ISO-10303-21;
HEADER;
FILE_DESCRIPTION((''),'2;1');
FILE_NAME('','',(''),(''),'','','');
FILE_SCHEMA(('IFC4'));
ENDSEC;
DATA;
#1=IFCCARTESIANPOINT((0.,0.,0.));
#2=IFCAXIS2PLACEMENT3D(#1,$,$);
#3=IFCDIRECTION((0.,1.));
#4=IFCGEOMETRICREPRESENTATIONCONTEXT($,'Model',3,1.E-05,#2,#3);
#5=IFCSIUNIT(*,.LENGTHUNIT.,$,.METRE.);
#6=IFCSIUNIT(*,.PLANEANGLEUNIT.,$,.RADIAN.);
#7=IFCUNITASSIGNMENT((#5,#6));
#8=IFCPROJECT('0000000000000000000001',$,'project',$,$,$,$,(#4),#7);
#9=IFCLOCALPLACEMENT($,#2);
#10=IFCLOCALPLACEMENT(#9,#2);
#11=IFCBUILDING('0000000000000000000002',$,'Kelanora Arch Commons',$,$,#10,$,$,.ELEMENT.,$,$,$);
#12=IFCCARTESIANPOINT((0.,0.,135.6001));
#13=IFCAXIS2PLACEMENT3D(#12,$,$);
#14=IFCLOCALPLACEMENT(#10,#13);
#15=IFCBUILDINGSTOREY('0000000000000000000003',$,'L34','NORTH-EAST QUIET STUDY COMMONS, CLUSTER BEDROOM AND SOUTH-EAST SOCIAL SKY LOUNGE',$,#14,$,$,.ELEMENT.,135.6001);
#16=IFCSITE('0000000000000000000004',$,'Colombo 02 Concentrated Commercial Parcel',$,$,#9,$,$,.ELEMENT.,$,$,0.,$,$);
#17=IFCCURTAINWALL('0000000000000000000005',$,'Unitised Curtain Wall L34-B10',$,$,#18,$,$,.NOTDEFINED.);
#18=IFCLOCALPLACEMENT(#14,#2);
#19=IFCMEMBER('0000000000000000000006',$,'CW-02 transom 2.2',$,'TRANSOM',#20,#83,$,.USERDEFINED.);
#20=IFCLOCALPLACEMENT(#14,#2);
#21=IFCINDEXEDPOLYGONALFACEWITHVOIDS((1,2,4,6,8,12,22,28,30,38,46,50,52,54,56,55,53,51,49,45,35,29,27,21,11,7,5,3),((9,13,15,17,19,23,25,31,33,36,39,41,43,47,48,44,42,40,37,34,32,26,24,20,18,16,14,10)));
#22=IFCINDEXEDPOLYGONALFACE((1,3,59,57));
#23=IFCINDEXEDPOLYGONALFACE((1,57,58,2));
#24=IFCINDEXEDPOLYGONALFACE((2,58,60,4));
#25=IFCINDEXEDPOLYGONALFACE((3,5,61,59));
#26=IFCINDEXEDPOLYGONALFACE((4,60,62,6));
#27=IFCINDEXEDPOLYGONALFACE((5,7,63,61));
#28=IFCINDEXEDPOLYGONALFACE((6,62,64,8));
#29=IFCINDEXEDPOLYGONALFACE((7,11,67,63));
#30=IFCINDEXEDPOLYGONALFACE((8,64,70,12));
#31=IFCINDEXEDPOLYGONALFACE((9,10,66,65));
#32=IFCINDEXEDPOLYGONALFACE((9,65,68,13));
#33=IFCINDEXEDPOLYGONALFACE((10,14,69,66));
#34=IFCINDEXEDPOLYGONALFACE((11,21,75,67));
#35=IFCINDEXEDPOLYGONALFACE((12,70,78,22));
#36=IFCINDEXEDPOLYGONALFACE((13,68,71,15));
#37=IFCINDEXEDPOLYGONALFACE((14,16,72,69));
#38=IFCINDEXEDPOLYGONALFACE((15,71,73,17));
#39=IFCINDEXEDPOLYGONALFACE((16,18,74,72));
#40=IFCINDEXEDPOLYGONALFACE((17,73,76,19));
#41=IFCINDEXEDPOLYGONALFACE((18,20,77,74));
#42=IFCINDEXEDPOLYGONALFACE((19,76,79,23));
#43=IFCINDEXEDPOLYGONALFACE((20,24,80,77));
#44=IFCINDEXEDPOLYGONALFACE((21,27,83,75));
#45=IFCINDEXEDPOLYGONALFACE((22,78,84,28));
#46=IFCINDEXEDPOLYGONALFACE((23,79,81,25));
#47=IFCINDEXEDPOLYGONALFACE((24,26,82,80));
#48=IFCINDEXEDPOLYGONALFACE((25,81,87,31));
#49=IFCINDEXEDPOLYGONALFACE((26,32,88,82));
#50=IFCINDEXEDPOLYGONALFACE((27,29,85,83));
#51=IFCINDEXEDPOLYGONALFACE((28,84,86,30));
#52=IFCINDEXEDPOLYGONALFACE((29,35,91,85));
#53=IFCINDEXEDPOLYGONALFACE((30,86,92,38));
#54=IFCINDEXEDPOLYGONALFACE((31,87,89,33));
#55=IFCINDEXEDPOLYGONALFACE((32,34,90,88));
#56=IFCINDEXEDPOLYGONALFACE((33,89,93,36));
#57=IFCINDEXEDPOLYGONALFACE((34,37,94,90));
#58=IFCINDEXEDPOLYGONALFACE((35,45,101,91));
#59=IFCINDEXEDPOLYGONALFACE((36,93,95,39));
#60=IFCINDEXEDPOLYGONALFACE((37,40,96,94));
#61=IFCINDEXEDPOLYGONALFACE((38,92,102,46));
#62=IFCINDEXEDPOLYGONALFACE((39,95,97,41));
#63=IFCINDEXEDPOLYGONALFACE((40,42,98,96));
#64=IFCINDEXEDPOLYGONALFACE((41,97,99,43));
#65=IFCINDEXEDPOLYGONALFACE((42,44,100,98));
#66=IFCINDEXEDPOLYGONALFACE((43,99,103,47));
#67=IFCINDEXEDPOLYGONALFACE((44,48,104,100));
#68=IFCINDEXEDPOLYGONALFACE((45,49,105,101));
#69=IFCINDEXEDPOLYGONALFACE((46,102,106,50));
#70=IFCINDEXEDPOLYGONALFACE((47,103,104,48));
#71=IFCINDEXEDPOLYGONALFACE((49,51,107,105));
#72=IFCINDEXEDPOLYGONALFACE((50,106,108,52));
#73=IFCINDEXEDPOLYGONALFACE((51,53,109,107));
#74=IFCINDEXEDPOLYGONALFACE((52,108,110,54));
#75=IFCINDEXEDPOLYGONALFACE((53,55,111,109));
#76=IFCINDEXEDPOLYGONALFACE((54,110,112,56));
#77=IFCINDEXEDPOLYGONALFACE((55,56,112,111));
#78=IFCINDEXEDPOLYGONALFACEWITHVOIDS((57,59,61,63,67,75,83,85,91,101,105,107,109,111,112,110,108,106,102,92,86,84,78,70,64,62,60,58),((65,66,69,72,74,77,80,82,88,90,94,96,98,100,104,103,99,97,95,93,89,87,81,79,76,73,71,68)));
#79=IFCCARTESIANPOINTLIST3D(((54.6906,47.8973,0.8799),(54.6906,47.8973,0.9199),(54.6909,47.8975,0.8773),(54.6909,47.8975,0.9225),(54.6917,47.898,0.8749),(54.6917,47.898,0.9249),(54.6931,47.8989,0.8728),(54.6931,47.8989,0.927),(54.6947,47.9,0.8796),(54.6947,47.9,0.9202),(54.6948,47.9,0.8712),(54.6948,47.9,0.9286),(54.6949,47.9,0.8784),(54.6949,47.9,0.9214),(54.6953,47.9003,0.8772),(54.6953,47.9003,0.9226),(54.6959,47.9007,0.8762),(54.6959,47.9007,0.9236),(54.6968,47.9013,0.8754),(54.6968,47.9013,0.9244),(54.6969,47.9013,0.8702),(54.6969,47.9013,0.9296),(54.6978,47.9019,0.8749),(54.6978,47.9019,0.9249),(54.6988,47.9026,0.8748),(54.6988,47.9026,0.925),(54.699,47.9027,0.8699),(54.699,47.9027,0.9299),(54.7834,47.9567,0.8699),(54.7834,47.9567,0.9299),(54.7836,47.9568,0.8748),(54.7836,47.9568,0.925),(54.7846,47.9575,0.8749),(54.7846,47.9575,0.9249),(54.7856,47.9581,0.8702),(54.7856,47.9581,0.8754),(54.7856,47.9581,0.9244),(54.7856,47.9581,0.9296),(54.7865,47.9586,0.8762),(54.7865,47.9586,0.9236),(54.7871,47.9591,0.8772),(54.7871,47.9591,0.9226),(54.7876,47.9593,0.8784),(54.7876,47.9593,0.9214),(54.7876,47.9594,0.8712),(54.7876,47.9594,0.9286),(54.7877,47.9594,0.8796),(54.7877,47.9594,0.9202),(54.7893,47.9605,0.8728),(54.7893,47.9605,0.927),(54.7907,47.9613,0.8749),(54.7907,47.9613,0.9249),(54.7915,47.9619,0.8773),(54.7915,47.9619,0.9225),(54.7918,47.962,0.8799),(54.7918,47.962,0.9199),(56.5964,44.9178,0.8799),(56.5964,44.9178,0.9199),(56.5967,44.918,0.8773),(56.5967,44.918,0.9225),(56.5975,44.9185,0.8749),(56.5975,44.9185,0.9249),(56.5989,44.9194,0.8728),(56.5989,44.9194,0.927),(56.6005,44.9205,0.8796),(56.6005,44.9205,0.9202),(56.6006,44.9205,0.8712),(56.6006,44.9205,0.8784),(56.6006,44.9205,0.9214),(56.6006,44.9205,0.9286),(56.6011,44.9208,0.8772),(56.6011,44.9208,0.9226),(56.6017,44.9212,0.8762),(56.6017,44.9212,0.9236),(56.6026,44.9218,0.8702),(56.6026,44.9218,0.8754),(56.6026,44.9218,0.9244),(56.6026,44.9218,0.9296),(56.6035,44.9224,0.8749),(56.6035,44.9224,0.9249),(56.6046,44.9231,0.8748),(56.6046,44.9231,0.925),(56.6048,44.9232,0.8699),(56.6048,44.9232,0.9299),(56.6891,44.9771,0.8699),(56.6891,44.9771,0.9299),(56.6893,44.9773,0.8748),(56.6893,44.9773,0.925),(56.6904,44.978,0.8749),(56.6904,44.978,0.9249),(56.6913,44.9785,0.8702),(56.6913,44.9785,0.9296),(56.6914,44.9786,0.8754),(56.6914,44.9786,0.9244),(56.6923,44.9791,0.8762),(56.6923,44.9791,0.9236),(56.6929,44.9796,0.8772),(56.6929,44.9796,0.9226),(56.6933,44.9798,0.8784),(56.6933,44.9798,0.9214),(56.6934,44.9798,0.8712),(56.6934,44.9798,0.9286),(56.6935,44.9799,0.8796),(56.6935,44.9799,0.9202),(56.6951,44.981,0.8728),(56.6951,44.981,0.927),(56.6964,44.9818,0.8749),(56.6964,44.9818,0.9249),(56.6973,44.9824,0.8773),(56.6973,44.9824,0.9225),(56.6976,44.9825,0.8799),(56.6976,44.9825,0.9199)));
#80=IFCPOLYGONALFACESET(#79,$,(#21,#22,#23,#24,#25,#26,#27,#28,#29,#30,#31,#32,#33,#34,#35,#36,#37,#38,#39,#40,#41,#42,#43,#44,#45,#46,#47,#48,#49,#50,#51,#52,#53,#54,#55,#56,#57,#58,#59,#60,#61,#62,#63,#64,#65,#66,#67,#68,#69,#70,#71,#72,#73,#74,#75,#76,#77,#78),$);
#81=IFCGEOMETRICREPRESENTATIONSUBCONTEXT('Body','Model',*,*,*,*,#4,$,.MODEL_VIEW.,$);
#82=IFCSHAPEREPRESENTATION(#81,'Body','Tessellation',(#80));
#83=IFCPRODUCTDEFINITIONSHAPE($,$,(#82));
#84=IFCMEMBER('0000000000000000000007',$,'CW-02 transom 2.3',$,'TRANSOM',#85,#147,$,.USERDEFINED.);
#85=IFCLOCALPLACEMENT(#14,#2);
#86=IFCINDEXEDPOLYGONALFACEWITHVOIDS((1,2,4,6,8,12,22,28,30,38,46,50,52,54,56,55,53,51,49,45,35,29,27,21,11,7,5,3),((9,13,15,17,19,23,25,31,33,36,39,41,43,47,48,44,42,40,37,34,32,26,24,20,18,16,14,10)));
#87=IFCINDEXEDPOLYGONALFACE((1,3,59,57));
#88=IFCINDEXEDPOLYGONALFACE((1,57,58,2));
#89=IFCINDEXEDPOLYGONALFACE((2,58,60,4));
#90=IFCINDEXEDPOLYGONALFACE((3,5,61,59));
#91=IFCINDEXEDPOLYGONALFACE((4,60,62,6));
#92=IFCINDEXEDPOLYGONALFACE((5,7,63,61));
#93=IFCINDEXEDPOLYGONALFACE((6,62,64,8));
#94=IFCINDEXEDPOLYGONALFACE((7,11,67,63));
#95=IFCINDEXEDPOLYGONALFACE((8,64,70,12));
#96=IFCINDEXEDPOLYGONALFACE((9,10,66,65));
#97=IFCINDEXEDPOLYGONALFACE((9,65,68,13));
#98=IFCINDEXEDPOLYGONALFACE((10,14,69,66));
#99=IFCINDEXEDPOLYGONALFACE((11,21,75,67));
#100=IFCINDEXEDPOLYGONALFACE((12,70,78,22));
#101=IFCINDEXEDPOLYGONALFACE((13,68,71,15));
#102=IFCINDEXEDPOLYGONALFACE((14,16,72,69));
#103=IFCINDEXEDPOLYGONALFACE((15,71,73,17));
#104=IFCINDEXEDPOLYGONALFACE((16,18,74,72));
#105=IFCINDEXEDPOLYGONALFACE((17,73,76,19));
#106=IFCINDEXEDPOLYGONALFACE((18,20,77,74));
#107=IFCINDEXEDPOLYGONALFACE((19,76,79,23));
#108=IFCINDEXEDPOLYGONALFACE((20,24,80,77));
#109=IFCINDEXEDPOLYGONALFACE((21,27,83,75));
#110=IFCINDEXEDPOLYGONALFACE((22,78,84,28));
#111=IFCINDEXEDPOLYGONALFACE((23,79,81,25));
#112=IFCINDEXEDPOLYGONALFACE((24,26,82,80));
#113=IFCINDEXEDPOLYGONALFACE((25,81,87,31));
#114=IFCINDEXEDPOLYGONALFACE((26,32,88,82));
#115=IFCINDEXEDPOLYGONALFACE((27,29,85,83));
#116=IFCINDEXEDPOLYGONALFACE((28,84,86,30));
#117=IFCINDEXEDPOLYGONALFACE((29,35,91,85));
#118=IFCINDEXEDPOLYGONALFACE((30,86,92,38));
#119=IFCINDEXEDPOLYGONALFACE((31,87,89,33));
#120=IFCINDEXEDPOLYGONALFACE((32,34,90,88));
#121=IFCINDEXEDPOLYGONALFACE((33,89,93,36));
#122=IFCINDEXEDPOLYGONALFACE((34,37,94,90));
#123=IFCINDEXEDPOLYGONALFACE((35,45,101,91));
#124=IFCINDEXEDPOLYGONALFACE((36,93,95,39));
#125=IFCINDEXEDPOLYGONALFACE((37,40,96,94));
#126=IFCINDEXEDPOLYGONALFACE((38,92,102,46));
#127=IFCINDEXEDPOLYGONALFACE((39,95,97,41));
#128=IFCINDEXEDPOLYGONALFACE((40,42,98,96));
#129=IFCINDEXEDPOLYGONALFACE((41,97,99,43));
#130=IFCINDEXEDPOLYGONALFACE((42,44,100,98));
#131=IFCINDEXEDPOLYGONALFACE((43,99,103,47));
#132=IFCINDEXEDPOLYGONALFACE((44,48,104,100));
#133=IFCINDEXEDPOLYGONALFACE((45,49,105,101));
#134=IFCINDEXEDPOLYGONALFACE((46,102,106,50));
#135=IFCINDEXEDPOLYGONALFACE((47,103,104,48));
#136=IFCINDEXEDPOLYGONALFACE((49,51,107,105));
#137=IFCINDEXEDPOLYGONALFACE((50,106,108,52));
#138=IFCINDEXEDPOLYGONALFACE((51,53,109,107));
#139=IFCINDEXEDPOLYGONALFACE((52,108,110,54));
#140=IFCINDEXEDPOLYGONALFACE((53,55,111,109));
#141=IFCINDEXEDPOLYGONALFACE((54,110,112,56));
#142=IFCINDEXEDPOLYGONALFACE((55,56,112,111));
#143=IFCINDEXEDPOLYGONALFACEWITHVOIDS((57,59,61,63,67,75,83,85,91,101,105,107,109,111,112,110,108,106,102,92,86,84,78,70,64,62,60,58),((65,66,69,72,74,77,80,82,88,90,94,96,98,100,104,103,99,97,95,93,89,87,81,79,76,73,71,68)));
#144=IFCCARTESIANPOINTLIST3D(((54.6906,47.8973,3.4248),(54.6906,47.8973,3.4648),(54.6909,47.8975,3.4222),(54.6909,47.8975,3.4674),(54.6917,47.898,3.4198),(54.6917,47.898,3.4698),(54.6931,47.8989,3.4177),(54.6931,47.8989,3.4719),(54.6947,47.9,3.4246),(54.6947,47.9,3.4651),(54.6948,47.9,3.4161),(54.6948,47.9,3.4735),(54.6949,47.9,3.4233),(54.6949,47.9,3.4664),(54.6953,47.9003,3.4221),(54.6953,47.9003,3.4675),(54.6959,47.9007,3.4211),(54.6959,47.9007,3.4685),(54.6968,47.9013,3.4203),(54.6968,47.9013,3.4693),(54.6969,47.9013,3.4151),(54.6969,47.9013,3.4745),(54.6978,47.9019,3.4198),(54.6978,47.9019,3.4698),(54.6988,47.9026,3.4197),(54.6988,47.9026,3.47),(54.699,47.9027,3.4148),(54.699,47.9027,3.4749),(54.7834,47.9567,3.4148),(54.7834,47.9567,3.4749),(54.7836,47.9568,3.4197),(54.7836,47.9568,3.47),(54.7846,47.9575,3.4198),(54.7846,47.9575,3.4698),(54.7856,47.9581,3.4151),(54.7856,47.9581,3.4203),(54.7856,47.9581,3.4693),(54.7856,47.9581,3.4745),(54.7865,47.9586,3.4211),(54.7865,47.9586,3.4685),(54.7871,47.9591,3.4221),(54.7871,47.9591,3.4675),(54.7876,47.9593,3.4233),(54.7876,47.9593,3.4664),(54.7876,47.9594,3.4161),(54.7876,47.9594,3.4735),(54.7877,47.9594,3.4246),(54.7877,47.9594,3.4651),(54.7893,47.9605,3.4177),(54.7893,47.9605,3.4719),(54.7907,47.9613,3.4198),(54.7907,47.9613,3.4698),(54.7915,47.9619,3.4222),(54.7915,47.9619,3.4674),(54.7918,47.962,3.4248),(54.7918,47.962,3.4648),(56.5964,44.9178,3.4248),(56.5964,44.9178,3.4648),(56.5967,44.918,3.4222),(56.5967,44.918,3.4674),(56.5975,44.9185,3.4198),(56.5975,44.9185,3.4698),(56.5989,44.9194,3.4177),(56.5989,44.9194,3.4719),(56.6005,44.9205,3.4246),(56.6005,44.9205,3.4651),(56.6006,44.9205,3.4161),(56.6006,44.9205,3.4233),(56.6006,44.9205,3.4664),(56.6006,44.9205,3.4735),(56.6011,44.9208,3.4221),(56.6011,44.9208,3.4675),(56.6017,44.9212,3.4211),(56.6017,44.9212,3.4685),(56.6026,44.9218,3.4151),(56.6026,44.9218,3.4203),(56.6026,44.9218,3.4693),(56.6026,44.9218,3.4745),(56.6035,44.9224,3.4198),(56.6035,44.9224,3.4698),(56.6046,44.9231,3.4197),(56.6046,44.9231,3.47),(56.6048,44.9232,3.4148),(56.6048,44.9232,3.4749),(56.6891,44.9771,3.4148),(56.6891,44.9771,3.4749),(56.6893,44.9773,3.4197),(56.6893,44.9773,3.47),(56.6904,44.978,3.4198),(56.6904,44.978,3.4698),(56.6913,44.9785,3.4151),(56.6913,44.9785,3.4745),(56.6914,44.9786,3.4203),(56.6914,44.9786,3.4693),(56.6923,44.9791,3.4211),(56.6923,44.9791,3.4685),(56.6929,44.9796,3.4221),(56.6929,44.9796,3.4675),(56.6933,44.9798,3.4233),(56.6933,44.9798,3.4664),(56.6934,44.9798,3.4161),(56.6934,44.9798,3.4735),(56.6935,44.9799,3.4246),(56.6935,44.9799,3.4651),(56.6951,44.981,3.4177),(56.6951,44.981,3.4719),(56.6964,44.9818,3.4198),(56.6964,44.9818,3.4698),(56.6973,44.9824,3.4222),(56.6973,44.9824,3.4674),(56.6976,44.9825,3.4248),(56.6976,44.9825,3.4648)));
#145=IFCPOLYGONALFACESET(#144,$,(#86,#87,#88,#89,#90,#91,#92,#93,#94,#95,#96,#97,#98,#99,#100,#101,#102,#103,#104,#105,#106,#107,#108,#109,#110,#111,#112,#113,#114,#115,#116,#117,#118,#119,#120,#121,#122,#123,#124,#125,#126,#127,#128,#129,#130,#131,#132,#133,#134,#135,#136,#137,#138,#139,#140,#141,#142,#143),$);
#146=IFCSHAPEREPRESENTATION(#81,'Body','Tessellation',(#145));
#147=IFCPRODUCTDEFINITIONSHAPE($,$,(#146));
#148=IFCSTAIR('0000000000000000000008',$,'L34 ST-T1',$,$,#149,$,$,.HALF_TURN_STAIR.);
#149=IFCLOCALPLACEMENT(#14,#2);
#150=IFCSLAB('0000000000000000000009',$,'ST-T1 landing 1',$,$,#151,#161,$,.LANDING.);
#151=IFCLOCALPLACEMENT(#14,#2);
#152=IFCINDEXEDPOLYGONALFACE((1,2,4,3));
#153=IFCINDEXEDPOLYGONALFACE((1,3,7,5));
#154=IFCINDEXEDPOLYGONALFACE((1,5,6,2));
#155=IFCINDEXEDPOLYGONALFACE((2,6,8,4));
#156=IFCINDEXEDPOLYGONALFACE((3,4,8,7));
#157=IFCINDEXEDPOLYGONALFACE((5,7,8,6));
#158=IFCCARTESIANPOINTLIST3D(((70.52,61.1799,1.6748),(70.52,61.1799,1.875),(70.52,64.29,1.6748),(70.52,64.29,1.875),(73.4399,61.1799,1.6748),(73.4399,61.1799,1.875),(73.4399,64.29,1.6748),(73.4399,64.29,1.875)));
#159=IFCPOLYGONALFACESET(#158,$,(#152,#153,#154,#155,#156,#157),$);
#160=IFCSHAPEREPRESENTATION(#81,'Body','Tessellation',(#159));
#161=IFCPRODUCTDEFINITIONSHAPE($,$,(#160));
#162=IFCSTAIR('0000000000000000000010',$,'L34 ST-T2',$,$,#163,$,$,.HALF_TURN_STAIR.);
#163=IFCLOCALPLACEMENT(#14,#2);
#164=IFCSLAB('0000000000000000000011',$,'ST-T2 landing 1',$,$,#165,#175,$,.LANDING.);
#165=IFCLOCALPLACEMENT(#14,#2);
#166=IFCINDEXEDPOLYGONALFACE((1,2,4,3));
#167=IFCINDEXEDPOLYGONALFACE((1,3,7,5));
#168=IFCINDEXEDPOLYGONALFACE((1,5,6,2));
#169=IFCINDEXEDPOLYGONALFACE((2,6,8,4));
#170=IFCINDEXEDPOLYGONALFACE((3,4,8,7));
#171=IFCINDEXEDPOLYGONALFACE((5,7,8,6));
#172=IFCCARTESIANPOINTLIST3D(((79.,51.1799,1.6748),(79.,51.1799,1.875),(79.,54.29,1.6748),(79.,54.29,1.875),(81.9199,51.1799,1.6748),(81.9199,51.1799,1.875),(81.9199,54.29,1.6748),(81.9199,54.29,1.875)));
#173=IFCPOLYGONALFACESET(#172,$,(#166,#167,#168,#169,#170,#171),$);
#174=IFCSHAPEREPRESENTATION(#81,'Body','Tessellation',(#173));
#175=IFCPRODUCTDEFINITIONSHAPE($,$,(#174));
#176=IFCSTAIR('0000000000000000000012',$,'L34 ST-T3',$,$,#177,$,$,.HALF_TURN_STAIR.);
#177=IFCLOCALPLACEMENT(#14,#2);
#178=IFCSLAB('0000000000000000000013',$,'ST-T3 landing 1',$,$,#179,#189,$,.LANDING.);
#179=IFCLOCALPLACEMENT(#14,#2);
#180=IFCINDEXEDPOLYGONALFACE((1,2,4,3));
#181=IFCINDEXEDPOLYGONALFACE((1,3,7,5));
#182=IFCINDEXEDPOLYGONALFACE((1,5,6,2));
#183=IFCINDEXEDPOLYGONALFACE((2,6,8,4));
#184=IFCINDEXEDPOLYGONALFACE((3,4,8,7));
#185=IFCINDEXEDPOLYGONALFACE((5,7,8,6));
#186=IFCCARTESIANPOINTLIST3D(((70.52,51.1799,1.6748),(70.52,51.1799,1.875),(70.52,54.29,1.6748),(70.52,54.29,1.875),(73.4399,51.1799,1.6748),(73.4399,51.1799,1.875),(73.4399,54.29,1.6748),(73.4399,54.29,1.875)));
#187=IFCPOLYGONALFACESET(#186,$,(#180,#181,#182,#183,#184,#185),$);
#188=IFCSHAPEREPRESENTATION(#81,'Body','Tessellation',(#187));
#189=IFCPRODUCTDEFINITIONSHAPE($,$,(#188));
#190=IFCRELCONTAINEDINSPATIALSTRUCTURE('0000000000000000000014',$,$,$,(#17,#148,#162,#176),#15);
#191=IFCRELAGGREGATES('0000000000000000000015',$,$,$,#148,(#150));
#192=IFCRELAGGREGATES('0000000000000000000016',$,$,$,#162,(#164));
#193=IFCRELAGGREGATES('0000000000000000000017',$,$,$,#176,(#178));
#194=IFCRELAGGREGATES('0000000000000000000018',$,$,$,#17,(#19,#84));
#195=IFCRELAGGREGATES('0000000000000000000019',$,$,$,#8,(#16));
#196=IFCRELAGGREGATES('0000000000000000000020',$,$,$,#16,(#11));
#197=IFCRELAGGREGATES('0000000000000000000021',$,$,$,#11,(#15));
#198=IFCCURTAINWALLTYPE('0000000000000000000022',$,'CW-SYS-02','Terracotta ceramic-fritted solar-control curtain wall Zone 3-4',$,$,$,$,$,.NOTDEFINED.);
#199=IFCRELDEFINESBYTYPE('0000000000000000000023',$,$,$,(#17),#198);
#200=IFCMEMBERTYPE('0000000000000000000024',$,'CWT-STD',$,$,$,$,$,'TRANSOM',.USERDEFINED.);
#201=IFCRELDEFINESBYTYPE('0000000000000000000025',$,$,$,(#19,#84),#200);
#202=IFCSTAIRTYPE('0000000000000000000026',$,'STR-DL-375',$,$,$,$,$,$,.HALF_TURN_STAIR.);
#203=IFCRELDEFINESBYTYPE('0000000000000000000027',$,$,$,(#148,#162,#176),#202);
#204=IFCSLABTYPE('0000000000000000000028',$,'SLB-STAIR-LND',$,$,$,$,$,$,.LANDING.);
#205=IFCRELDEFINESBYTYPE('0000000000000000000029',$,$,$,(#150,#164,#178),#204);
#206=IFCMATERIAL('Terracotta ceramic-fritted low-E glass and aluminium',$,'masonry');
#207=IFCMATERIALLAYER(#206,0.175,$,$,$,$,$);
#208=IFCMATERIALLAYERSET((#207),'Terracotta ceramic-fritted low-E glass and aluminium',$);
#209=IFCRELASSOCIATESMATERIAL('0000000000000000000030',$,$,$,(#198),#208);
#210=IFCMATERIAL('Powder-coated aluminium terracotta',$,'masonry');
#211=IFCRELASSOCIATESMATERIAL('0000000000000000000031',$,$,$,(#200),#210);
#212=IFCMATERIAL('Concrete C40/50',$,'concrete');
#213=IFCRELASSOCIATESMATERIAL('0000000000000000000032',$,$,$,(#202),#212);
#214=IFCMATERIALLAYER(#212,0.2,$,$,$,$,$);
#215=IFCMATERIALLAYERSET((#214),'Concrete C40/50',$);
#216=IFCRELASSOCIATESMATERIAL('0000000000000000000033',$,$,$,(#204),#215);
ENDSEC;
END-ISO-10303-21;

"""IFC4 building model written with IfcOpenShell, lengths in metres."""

from ifc_helpers import new_model, si_unit, direction, frame, origin, origin_2d, place, context, subcontext, project, spatial, polyline, hollow_rectangle, outline, extrude, material, layer, layer_set, material_profile, profile_set, type_object, element, aggregate, save


model = new_model("IFC4")

# Units and contexts
model_context = context("Model", 3, precision=1e-05, world=origin(), true_north=direction((0.0, 1.0)))
body_context = subcontext(model_context, "Body", "Model", "MODEL_VIEW")
ifc_project = project(units=[si_unit("LENGTHUNIT", "METRE"), si_unit("PLANEANGLEUNIT", "RADIAN")], contexts=[model_context])

# Site, building, storey
site_placement = place(None, origin())
site = spatial("IfcSite", under=ifc_project, at=site_placement, Name="Colombo 02 Concentrated Commercial Parcel", CompositionType="ELEMENT", RefElevation=0.0)
building_placement = place(site_placement, origin())
building = spatial("IfcBuilding", under=site, at=building_placement, Name="Kelanora Arch Commons", CompositionType="ELEMENT")
storey_placement = place(building_placement, frame((0.0, 0.0, 135.6001)))
storey = spatial("IfcBuildingStorey", under=building, at=storey_placement, Name="L34", Description="NORTH-EAST QUIET STUDY COMMONS, CLUSTER BEDROOM AND SOUTH-EAST SOCIAL SKY LOUNGE", CompositionType="ELEMENT", Elevation=135.6001)

# Curtain wall, members
ifc_material_1 = material(Name="Terracotta ceramic-fritted low-E glass and aluminium", Category="masonry")
ifc_layer_1 = layer(ifc_material_1, 0.175)
ifc_layer_set_1 = layer_set([ifc_layer_1], Name="Terracotta ceramic-fritted low-E glass and aluminium")
curtain_wall_type = type_object("IfcCurtainWallType", Name="CW-SYS-02", Description="Terracotta ceramic-fritted solar-control curtain wall Zone 3-4", PredefinedType="NOTDEFINED", material=ifc_layer_set_1)
curtain_wall_placement = place(storey_placement, origin())
curtain_wall = element("IfcCurtainWall", 1, at=curtain_wall_placement, inside=storey, type_object=curtain_wall_type, Name="Unitised Curtain Wall L34-B10", PredefinedType="NOTDEFINED")
ifc_material_2 = material(Name="Powder-coated aluminium terracotta", Category="masonry")
ifc_material_profile_1 = material_profile(ifc_material_2, hollow_rectangle(XDim=0.1201, YDim=0.0601, WallThickness=0.0049, InnerFilletRadius=0.0049, OuterFilletRadius=0.01, at=origin_2d()), Name="CWT120x60")
ifc_profile_set_1 = profile_set([ifc_material_profile_1], Name="Powder-coated aluminium terracotta")
member_type_1 = type_object("IfcMemberType", Name="CWT-STD", ElementType="TRANSOM", PredefinedType="USERDEFINED", material=ifc_profile_set_1)
member_1_placement = place(storey_placement, frame((54.7412, 47.9297, 0.8999), z_axis=(0.53883, -0.842414, 0.0), x_axis=(0.842414, 0.53883, 0.0)))
member_1 = element("IfcMember", 2, at=member_1_placement, type_object=member_type_1, Name="CW-02 transom 2.2", ObjectType="TRANSOM", PredefinedType="USERDEFINED", context=body_context, shape_type="SweptSolid", body=[
    extrude(hollow_rectangle(XDim=0.1201, YDim=0.0601, WallThickness=0.0049, InnerFilletRadius=0.0049, OuterFilletRadius=0.01, at=origin_2d()), origin(), (0.0, 0.0, 1.0), 3.5369),
])
member_2_placement = place(storey_placement, frame((54.7412, 47.9297, 3.4448), z_axis=(0.53883, -0.842414, 0.0), x_axis=(0.842414, 0.53883, 0.0)))
member_2 = element("IfcMember", 3, at=member_2_placement, type_object=member_type_1, Name="CW-02 transom 2.3", ObjectType="TRANSOM", PredefinedType="USERDEFINED", context=body_context, shape_type="SweptSolid", body=[
    extrude(hollow_rectangle(XDim=0.1201, YDim=0.0601, WallThickness=0.0049, InnerFilletRadius=0.0049, OuterFilletRadius=0.01, at=origin_2d()), origin(), (0.0, 0.0, 1.0), 3.5369),
])

# Stairs, slabs
ifc_material_3 = material(Name="Concrete C40/50", Category="concrete")
stair_type = type_object("IfcStairType", Name="STR-DL-375", PredefinedType="HALF_TURN_STAIR", material=ifc_material_3)
stair_1_placement = place(storey_placement, origin())
stair_1 = element("IfcStair", 4, at=stair_1_placement, inside=storey, type_object=stair_type, Name="L34 ST-T1", PredefinedType="HALF_TURN_STAIR")
ifc_layer_2 = layer(ifc_material_3, 0.2)
ifc_layer_set_2 = layer_set([ifc_layer_2], Name="Concrete C40/50")
slab_type_1 = type_object("IfcSlabType", Name="SLB-STAIR-LND", PredefinedType="LANDING", material=ifc_layer_set_2)
slab_1_placement = place(storey_placement, frame((0.0, 0.0, 1.6748)))
slab_1 = element("IfcSlab", 5, at=slab_1_placement, type_object=slab_type_1, Name="ST-T1 landing 1", PredefinedType="LANDING", context=body_context, shape_type="SweptSolid", body=[
    extrude(outline(polyline([(70.52, 61.1799), (73.4399, 61.1799), (73.4399, 64.29), (70.52, 64.29), (70.52, 61.1799)])), origin(), (0.0, 0.0, 1.0), 0.2002),
])
aggregate(stair_1, [slab_1])
stair_2_placement = place(storey_placement, origin())
stair_2 = element("IfcStair", 6, at=stair_2_placement, inside=storey, type_object=stair_type, Name="L34 ST-T2", PredefinedType="HALF_TURN_STAIR")
slab_2_placement = place(storey_placement, frame((0.0, 0.0, 1.6748)))
slab_2 = element("IfcSlab", 7, at=slab_2_placement, type_object=slab_type_1, Name="ST-T2 landing 1", PredefinedType="LANDING", context=body_context, shape_type="SweptSolid", body=[
    extrude(outline(polyline([(79.0, 51.1799), (81.9199, 51.1799), (81.9199, 54.29), (79.0, 54.29), (79.0, 51.1799)])), origin(), (0.0, 0.0, 1.0), 0.2002),
])
aggregate(stair_2, [slab_2])
stair_3_placement = place(storey_placement, origin())
stair_3 = element("IfcStair", 8, at=stair_3_placement, inside=storey, type_object=stair_type, Name="L34 ST-T3", PredefinedType="HALF_TURN_STAIR")
slab_3_placement = place(storey_placement, frame((0.0, 0.0, 1.6748)))
slab_3 = element("IfcSlab", 9, at=slab_3_placement, type_object=slab_type_1, Name="ST-T3 landing 1", PredefinedType="LANDING", context=body_context, shape_type="SweptSolid", body=[
    extrude(outline(polyline([(70.52, 51.1799), (73.4399, 51.1799), (73.4399, 54.29), (70.52, 54.29), (70.52, 51.1799)])), origin(), (0.0, 0.0, 1.0), 0.2002),
])
aggregate(stair_3, [slab_3])

aggregate(curtain_wall, [member_1, member_2])

save(model, "model.ifc")
